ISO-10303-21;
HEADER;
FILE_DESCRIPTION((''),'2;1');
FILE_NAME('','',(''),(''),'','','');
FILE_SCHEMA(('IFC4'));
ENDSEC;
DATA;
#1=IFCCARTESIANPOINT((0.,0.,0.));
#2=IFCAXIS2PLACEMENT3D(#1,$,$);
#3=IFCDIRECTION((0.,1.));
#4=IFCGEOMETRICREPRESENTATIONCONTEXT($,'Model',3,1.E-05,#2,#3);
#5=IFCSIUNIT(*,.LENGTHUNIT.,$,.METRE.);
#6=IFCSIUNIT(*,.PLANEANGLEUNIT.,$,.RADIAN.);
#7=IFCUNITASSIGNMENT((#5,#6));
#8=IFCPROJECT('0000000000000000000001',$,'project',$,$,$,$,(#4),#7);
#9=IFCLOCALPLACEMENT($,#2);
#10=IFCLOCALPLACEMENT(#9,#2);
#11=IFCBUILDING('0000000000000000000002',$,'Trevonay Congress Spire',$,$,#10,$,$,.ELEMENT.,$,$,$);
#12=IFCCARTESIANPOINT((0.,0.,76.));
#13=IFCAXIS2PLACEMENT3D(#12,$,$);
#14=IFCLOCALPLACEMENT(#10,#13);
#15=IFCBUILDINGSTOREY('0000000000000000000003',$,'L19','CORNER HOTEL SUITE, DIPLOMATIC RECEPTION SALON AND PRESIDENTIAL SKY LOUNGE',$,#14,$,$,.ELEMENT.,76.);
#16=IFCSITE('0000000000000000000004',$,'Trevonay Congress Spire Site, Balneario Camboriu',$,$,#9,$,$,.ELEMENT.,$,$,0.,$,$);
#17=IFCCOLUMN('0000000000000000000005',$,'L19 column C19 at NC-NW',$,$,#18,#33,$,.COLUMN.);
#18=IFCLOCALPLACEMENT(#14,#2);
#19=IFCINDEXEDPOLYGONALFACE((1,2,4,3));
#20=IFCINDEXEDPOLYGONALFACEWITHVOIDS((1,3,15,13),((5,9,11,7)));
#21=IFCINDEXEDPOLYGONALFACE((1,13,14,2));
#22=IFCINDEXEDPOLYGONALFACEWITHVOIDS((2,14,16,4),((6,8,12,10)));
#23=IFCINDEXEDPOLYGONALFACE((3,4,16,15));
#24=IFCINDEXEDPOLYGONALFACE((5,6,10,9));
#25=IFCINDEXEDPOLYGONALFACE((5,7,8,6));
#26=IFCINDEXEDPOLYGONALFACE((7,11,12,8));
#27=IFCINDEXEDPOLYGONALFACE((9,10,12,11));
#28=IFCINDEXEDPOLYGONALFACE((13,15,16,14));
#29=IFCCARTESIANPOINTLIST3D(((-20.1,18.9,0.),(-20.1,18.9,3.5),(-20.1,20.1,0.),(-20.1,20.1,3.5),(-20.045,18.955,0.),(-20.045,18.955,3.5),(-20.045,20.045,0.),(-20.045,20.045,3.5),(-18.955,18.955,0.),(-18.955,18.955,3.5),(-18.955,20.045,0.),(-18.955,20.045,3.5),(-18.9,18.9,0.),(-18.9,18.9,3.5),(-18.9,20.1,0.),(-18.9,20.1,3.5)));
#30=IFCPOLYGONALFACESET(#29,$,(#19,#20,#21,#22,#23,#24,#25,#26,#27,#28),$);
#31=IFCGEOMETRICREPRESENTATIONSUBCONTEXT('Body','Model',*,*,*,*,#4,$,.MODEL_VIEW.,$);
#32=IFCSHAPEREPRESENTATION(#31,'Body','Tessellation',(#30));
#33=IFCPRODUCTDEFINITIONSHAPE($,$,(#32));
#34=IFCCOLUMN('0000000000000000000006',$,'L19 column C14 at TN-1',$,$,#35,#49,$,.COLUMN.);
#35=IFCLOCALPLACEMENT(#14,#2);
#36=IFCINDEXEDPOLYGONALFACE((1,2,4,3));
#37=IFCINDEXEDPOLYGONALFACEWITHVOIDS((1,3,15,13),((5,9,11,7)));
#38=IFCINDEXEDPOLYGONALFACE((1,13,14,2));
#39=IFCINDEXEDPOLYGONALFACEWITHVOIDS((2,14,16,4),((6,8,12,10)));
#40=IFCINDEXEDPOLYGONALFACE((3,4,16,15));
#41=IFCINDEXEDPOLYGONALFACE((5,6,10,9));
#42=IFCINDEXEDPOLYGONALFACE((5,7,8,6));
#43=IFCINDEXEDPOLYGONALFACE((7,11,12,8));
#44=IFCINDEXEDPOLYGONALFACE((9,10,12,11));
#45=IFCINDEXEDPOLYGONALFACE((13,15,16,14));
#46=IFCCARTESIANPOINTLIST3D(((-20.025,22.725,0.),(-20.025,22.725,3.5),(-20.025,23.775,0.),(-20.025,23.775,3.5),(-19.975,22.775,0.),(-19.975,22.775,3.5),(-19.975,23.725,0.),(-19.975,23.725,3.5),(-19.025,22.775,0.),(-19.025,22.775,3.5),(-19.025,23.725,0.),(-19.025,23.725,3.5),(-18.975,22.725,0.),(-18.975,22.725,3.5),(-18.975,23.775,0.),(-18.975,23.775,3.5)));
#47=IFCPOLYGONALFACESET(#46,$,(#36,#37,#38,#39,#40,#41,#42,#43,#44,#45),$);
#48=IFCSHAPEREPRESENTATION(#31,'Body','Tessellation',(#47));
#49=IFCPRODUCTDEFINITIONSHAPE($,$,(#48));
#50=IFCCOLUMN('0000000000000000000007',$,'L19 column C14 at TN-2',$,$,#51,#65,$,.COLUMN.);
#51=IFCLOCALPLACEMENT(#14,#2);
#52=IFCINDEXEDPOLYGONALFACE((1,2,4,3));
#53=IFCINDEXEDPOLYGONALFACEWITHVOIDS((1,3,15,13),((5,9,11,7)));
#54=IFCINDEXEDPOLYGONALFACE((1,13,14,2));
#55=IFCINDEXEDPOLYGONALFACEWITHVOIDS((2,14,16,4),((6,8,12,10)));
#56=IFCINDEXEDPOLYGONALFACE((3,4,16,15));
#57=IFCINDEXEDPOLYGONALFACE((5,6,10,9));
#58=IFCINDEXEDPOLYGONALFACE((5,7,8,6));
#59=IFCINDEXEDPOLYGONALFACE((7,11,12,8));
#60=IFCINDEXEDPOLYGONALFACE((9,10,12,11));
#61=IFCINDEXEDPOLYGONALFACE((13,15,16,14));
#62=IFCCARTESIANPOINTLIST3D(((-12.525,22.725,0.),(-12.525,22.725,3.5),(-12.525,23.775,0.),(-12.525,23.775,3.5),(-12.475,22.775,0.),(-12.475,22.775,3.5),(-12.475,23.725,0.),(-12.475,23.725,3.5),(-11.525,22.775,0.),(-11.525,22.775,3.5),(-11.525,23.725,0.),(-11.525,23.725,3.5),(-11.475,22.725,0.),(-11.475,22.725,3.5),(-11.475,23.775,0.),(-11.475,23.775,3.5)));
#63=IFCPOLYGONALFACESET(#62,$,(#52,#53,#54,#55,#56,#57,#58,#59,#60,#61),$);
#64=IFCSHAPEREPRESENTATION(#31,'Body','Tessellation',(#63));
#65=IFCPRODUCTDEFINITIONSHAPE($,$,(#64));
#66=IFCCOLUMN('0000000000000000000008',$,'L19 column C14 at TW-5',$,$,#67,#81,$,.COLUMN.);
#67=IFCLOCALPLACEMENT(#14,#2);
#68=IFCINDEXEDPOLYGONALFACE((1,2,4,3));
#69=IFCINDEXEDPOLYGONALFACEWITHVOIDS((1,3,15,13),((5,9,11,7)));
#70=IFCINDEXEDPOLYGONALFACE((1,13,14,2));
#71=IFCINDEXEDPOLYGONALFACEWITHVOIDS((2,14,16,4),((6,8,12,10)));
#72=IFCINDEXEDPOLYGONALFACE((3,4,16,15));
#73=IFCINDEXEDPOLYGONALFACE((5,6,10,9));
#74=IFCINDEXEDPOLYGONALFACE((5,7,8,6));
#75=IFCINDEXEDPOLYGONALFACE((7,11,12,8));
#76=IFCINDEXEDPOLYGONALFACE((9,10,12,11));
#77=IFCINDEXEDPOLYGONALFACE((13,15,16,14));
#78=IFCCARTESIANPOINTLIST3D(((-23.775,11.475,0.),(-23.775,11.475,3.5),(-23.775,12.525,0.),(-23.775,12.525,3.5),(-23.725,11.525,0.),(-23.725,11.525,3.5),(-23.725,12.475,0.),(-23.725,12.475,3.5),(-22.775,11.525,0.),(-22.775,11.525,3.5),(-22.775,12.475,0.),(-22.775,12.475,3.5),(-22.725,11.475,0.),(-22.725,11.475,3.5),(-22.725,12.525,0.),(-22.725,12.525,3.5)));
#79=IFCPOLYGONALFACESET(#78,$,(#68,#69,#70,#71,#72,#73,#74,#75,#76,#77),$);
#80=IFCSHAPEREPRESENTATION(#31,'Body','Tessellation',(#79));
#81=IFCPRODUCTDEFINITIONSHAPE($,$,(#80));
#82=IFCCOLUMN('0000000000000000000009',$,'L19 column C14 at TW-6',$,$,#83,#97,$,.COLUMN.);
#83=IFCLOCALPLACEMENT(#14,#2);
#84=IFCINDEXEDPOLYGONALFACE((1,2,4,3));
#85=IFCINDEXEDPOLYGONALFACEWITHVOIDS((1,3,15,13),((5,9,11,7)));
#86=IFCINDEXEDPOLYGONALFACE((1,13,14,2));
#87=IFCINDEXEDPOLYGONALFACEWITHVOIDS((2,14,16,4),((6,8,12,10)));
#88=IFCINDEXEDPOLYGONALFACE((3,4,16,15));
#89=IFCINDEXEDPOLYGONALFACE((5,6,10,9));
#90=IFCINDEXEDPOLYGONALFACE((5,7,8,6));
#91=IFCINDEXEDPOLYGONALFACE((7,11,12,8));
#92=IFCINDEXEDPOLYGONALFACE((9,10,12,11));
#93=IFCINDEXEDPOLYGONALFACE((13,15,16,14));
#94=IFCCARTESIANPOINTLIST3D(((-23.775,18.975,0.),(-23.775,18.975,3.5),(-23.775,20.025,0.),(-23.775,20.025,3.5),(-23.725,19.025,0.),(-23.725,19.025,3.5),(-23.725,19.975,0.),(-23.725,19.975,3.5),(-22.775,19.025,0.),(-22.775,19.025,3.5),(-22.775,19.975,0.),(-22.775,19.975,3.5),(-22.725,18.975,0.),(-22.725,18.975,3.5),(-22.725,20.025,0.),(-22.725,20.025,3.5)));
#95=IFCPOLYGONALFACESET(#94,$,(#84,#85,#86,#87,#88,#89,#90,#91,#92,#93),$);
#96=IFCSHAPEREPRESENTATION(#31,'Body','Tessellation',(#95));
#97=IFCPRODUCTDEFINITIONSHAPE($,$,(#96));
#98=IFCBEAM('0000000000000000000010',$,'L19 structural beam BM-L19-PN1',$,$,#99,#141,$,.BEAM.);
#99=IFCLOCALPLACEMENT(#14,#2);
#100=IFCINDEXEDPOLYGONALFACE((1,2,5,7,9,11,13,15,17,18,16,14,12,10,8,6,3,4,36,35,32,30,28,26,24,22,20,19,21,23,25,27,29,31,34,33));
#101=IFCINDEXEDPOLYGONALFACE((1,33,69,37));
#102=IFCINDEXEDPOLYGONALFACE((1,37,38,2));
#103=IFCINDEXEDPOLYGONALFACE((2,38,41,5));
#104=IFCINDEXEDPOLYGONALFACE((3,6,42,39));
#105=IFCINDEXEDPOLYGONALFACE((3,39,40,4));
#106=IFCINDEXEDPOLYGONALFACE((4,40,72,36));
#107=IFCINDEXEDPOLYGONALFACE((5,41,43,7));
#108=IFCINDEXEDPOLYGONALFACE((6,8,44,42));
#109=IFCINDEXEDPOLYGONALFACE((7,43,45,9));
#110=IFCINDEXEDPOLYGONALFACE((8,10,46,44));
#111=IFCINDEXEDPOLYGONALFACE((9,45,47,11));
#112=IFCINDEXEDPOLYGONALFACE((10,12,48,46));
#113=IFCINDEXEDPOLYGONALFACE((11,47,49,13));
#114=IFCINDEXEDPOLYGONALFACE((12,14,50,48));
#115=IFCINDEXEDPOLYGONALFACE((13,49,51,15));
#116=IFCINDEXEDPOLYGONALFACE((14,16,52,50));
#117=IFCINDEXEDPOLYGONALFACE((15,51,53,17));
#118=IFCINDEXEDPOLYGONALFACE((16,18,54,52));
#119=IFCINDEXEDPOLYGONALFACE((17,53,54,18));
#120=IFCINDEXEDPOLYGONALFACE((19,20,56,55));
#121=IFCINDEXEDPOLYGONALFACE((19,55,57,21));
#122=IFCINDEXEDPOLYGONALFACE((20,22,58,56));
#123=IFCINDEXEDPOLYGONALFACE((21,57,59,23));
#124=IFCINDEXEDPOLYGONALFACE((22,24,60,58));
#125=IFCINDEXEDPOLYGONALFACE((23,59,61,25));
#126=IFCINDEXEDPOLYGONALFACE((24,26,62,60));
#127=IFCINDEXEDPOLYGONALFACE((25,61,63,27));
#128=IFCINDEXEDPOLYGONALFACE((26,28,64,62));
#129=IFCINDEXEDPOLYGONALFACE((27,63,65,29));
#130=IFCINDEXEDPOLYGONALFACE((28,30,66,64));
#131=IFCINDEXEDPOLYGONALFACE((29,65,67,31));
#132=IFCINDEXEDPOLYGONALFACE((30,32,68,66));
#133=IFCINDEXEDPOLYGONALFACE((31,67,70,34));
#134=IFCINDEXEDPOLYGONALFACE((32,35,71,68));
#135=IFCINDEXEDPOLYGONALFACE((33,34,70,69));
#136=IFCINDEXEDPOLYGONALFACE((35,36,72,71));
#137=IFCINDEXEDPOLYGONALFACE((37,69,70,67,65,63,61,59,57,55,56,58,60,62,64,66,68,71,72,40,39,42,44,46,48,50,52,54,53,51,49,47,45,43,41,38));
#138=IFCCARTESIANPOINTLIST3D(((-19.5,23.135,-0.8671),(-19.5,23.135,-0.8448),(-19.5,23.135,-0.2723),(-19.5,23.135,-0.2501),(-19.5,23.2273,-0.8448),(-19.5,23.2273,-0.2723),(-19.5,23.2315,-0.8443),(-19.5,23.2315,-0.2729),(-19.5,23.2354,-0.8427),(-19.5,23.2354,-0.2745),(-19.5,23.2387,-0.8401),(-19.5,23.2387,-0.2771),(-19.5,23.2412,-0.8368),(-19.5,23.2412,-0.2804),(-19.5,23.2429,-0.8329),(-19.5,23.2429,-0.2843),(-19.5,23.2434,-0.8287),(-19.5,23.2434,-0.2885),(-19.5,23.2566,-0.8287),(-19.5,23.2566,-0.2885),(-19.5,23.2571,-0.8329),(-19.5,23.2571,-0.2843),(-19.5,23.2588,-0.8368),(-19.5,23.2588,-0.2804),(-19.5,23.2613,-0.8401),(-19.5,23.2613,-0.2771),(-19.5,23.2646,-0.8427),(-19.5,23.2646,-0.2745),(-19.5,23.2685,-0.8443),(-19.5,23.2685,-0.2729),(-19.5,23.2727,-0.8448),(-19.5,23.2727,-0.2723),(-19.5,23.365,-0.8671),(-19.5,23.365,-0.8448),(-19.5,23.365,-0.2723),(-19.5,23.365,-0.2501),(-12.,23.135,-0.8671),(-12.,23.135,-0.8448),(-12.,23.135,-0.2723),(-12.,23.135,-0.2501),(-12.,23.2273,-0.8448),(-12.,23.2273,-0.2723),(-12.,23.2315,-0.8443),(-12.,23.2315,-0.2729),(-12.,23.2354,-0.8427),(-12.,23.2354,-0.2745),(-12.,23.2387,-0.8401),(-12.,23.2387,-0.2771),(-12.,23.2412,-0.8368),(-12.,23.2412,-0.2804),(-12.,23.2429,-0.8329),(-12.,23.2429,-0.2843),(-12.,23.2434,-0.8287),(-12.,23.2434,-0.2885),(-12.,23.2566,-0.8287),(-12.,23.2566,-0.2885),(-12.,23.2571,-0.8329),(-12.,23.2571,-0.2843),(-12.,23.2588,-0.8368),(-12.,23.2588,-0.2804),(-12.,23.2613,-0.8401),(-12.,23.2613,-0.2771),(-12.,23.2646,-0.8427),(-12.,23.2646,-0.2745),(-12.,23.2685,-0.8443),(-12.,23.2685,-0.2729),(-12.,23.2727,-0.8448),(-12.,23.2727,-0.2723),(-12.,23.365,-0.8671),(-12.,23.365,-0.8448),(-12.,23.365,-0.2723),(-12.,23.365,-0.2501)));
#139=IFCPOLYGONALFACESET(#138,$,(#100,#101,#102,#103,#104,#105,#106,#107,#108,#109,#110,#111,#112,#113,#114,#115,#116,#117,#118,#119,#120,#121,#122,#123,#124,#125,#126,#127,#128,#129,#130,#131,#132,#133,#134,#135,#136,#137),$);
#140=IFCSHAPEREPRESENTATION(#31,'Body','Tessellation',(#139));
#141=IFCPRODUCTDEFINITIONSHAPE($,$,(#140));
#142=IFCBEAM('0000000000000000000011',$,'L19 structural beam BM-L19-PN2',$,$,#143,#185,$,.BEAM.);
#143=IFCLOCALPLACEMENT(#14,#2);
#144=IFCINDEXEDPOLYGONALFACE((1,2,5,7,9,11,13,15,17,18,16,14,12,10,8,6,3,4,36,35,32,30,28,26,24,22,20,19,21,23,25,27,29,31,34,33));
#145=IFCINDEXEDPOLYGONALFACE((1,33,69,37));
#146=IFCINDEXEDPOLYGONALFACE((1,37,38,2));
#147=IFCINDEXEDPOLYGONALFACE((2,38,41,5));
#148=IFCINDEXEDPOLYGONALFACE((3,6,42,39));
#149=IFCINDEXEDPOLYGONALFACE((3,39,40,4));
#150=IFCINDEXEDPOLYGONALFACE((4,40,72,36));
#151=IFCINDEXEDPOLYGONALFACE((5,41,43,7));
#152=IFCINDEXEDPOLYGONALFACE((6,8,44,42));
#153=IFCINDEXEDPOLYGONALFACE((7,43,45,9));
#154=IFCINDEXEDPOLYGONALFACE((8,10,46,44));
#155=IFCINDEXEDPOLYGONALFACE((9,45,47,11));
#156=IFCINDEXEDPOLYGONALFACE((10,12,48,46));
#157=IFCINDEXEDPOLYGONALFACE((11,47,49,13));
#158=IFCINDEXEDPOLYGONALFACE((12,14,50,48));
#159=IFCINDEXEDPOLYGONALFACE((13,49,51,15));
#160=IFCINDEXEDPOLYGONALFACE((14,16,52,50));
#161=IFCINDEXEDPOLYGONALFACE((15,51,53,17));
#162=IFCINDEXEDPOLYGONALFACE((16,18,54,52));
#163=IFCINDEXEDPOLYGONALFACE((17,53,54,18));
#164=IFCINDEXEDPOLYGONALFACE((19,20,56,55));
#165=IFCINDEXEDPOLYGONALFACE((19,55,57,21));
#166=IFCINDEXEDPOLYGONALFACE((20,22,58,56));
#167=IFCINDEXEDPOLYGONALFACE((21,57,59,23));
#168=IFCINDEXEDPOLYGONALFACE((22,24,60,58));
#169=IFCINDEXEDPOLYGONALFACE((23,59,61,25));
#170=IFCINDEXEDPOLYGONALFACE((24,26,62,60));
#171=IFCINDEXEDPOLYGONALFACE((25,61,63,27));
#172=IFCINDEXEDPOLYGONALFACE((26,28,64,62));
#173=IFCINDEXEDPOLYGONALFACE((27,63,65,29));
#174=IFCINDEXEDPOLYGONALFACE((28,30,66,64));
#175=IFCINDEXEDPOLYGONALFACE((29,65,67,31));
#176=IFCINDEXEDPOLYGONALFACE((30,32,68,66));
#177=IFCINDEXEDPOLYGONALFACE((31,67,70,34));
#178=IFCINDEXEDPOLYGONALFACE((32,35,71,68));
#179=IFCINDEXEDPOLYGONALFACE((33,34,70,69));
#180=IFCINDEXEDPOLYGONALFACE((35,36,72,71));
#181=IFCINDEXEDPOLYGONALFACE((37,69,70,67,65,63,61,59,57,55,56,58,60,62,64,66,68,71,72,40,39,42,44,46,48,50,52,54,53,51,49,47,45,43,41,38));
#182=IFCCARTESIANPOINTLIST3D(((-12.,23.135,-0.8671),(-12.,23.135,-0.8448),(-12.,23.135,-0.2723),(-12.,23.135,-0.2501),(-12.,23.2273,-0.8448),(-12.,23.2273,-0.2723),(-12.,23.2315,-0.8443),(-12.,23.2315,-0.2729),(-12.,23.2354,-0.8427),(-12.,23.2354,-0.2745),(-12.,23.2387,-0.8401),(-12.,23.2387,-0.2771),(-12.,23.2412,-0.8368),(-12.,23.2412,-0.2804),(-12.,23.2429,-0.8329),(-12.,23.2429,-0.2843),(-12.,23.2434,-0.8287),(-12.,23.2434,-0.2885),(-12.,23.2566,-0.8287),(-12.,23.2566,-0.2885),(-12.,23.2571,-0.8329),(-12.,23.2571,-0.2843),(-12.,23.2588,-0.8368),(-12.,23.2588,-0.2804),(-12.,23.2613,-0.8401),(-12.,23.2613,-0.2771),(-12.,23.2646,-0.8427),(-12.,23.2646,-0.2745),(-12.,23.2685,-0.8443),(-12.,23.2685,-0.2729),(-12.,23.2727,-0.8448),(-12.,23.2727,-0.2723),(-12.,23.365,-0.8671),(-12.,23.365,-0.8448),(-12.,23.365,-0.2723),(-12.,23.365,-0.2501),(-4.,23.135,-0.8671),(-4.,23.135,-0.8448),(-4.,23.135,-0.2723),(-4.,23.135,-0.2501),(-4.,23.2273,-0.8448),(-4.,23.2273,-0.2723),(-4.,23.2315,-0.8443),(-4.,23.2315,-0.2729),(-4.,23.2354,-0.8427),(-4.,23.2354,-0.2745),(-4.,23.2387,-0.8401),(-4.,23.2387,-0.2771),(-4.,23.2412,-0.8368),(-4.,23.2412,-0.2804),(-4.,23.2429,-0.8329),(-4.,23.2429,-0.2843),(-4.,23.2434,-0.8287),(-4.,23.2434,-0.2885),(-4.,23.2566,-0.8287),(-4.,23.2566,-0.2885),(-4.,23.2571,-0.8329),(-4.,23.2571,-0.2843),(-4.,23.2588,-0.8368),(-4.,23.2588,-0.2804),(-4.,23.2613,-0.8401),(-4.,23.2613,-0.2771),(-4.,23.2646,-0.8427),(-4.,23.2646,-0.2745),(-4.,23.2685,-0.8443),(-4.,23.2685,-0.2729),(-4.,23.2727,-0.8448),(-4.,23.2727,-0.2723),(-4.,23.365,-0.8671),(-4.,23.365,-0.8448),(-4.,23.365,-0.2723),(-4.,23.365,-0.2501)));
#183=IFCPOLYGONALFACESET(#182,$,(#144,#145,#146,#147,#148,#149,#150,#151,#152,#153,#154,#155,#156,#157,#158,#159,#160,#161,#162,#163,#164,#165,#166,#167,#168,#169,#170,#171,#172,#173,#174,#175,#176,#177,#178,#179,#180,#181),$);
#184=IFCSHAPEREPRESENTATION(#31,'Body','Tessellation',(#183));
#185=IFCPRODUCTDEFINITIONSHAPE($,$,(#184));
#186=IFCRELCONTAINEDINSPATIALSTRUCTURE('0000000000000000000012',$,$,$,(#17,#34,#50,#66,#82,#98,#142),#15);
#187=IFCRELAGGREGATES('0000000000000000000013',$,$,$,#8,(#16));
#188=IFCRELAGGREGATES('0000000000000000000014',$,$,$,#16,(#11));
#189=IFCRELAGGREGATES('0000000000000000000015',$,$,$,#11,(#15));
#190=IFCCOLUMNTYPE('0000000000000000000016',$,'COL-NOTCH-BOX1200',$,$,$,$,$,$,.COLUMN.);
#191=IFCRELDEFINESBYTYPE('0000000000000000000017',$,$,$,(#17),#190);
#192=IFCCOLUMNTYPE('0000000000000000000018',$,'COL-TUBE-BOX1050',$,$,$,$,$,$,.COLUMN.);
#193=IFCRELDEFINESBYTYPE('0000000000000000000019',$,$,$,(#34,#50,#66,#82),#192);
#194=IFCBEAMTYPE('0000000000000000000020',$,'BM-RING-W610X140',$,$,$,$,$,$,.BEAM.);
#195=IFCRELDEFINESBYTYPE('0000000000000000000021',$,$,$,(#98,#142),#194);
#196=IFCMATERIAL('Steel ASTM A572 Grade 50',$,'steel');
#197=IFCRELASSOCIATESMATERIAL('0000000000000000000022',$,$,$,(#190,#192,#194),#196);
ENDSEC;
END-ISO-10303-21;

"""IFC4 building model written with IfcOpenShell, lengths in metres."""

from ifc_helpers import new_model, si_unit, direction, frame, origin, origin_2d, place, context, subcontext, project, spatial, hollow_rectangle, i_section, extrude, material, material_profile, profile_set, type_object, element, save


model = new_model("IFC4")

# Units and contexts
model_context = context("Model", 3, precision=1e-05, world=origin(), true_north=direction((0.0, 1.0)))
body_context = subcontext(model_context, "Body", "Model", "MODEL_VIEW")
ifc_project = project(units=[si_unit("LENGTHUNIT", "METRE"), si_unit("PLANEANGLEUNIT", "RADIAN")], contexts=[model_context])

# Site, building, storey
site_placement = place(None, origin())
site = spatial("IfcSite", under=ifc_project, at=site_placement, Name="Trevonay Congress Spire Site, Balneario Camboriu", CompositionType="ELEMENT", RefElevation=0.0)
building_placement = place(site_placement, origin())
building = spatial("IfcBuilding", under=site, at=building_placement, Name="Trevonay Congress Spire", CompositionType="ELEMENT")
storey_placement = place(building_placement, frame((0.0, 0.0, 76.0)))
storey = spatial("IfcBuildingStorey", under=building, at=storey_placement, Name="L19", Description="CORNER HOTEL SUITE, DIPLOMATIC RECEPTION SALON AND PRESIDENTIAL SKY LOUNGE", CompositionType="ELEMENT", Elevation=76.0)

# Columns
ifc_material_1 = material(Name="Steel ASTM A572 Grade 50", Category="steel")
ifc_material_profile_1 = material_profile(ifc_material_1, hollow_rectangle(XDim=1.2, YDim=1.2, WallThickness=0.0549, at=origin_2d()), Name="BOX 1200x1200x55")
ifc_profile_set_1 = profile_set([ifc_material_profile_1], Name="Steel ASTM A572 Grade 50")
column_type_1 = type_object("IfcColumnType", Name="COL-NOTCH-BOX1200", PredefinedType="COLUMN", material=ifc_profile_set_1)
column_placement = place(storey_placement, frame((-19.5, 19.5, 0.0), z_axis=(0.0, 0.0, 1.0), x_axis=(1.0, 0.0, 0.0)))
element("IfcColumn", 1, at=column_placement, inside=storey, type_object=column_type_1, Name="L19 column C19 at NC-NW", PredefinedType="COLUMN", context=body_context, shape_type="SweptSolid", body=[
    extrude(hollow_rectangle(XDim=1.2, YDim=1.2, WallThickness=0.0549, at=origin_2d()), origin(), (0.0, 0.0, 1.0), 3.5),
])
ifc_material_profile_2 = material_profile(ifc_material_1, hollow_rectangle(XDim=1.05, YDim=1.05, WallThickness=0.05, at=origin_2d()), Name="BOX 1050x1050x50")
ifc_profile_set_2 = profile_set([ifc_material_profile_2], Name="Steel ASTM A572 Grade 50")
column_type_2 = type_object("IfcColumnType", Name="COL-TUBE-BOX1050", PredefinedType="COLUMN", material=ifc_profile_set_2)
for number, where, z_axis, x_axis, name in (
    (2, (-19.5, 23.25, 0.0), (0.0, 0.0, 1.0), (1.0, 0.0, 0.0), "L19 column C14 at TN-1"),
    (3, (-12.0, 23.25, 0.0), (0.0, 0.0, 1.0), (1.0, 0.0, 0.0), "L19 column C14 at TN-2"),
    (4, (-23.25, 12.0, 0.0), (0.0, 0.0, 1.0), (1.0, 0.0, 0.0), "L19 column C14 at TW-5"),
    (5, (-23.25, 19.5, 0.0), (0.0, 0.0, 1.0), (1.0, 0.0, 0.0), "L19 column C14 at TW-6"),
):
    element("IfcColumn", number, at=place(storey_placement, frame(where, z_axis=z_axis, x_axis=x_axis)), inside=storey, type_object=column_type_2, Name=name, PredefinedType="COLUMN", context=body_context, shape_type="SweptSolid", body=[
        extrude(hollow_rectangle(XDim=1.05, YDim=1.05, WallThickness=0.05, at=origin_2d()), origin(), (0.0, 0.0, 1.0), 3.5),
    ])

# Beams
ifc_material_profile_3 = material_profile(ifc_material_1, i_section(OverallWidth=0.23, OverallDepth=0.6169, WebThickness=0.0132, FlangeThickness=0.0222, FilletRadius=0.0161, at=origin_2d()), Name="W610x140")
ifc_profile_set_3 = profile_set([ifc_material_profile_3], Name="Steel ASTM A572 Grade 50")
beam_type_1 = type_object("IfcBeamType", Name="BM-RING-W610X140", PredefinedType="BEAM", material=ifc_profile_set_3)
beam_1_placement = place(storey_placement, frame((-19.5, 23.25, -0.5586), z_axis=(1.0, 0.0, 0.0), x_axis=(0.0, 1.0, 0.0)))
element("IfcBeam", 6, at=beam_1_placement, inside=storey, type_object=beam_type_1, Name="L19 structural beam BM-L19-PN1", PredefinedType="BEAM", context=body_context, shape_type="SweptSolid", body=[
    extrude(i_section(OverallWidth=0.23, OverallDepth=0.6169, WebThickness=0.0132, FlangeThickness=0.0222, FilletRadius=0.0161, at=origin_2d()), origin(), (0.0, 0.0, 1.0), 7.5),
])
beam_2_placement = place(storey_placement, frame((-12.0, 23.25, -0.5586), z_axis=(1.0, 0.0, 0.0), x_axis=(0.0, 1.0, 0.0)))
element("IfcBeam", 7, at=beam_2_placement, inside=storey, type_object=beam_type_1, Name="L19 structural beam BM-L19-PN2", PredefinedType="BEAM", context=body_context, shape_type="SweptSolid", body=[
    extrude(i_section(OverallWidth=0.23, OverallDepth=0.6169, WebThickness=0.0132, FlangeThickness=0.0222, FilletRadius=0.0161, at=origin_2d()), origin(), (0.0, 0.0, 1.0), 8.0),
])

save(model, "model.ifc")
